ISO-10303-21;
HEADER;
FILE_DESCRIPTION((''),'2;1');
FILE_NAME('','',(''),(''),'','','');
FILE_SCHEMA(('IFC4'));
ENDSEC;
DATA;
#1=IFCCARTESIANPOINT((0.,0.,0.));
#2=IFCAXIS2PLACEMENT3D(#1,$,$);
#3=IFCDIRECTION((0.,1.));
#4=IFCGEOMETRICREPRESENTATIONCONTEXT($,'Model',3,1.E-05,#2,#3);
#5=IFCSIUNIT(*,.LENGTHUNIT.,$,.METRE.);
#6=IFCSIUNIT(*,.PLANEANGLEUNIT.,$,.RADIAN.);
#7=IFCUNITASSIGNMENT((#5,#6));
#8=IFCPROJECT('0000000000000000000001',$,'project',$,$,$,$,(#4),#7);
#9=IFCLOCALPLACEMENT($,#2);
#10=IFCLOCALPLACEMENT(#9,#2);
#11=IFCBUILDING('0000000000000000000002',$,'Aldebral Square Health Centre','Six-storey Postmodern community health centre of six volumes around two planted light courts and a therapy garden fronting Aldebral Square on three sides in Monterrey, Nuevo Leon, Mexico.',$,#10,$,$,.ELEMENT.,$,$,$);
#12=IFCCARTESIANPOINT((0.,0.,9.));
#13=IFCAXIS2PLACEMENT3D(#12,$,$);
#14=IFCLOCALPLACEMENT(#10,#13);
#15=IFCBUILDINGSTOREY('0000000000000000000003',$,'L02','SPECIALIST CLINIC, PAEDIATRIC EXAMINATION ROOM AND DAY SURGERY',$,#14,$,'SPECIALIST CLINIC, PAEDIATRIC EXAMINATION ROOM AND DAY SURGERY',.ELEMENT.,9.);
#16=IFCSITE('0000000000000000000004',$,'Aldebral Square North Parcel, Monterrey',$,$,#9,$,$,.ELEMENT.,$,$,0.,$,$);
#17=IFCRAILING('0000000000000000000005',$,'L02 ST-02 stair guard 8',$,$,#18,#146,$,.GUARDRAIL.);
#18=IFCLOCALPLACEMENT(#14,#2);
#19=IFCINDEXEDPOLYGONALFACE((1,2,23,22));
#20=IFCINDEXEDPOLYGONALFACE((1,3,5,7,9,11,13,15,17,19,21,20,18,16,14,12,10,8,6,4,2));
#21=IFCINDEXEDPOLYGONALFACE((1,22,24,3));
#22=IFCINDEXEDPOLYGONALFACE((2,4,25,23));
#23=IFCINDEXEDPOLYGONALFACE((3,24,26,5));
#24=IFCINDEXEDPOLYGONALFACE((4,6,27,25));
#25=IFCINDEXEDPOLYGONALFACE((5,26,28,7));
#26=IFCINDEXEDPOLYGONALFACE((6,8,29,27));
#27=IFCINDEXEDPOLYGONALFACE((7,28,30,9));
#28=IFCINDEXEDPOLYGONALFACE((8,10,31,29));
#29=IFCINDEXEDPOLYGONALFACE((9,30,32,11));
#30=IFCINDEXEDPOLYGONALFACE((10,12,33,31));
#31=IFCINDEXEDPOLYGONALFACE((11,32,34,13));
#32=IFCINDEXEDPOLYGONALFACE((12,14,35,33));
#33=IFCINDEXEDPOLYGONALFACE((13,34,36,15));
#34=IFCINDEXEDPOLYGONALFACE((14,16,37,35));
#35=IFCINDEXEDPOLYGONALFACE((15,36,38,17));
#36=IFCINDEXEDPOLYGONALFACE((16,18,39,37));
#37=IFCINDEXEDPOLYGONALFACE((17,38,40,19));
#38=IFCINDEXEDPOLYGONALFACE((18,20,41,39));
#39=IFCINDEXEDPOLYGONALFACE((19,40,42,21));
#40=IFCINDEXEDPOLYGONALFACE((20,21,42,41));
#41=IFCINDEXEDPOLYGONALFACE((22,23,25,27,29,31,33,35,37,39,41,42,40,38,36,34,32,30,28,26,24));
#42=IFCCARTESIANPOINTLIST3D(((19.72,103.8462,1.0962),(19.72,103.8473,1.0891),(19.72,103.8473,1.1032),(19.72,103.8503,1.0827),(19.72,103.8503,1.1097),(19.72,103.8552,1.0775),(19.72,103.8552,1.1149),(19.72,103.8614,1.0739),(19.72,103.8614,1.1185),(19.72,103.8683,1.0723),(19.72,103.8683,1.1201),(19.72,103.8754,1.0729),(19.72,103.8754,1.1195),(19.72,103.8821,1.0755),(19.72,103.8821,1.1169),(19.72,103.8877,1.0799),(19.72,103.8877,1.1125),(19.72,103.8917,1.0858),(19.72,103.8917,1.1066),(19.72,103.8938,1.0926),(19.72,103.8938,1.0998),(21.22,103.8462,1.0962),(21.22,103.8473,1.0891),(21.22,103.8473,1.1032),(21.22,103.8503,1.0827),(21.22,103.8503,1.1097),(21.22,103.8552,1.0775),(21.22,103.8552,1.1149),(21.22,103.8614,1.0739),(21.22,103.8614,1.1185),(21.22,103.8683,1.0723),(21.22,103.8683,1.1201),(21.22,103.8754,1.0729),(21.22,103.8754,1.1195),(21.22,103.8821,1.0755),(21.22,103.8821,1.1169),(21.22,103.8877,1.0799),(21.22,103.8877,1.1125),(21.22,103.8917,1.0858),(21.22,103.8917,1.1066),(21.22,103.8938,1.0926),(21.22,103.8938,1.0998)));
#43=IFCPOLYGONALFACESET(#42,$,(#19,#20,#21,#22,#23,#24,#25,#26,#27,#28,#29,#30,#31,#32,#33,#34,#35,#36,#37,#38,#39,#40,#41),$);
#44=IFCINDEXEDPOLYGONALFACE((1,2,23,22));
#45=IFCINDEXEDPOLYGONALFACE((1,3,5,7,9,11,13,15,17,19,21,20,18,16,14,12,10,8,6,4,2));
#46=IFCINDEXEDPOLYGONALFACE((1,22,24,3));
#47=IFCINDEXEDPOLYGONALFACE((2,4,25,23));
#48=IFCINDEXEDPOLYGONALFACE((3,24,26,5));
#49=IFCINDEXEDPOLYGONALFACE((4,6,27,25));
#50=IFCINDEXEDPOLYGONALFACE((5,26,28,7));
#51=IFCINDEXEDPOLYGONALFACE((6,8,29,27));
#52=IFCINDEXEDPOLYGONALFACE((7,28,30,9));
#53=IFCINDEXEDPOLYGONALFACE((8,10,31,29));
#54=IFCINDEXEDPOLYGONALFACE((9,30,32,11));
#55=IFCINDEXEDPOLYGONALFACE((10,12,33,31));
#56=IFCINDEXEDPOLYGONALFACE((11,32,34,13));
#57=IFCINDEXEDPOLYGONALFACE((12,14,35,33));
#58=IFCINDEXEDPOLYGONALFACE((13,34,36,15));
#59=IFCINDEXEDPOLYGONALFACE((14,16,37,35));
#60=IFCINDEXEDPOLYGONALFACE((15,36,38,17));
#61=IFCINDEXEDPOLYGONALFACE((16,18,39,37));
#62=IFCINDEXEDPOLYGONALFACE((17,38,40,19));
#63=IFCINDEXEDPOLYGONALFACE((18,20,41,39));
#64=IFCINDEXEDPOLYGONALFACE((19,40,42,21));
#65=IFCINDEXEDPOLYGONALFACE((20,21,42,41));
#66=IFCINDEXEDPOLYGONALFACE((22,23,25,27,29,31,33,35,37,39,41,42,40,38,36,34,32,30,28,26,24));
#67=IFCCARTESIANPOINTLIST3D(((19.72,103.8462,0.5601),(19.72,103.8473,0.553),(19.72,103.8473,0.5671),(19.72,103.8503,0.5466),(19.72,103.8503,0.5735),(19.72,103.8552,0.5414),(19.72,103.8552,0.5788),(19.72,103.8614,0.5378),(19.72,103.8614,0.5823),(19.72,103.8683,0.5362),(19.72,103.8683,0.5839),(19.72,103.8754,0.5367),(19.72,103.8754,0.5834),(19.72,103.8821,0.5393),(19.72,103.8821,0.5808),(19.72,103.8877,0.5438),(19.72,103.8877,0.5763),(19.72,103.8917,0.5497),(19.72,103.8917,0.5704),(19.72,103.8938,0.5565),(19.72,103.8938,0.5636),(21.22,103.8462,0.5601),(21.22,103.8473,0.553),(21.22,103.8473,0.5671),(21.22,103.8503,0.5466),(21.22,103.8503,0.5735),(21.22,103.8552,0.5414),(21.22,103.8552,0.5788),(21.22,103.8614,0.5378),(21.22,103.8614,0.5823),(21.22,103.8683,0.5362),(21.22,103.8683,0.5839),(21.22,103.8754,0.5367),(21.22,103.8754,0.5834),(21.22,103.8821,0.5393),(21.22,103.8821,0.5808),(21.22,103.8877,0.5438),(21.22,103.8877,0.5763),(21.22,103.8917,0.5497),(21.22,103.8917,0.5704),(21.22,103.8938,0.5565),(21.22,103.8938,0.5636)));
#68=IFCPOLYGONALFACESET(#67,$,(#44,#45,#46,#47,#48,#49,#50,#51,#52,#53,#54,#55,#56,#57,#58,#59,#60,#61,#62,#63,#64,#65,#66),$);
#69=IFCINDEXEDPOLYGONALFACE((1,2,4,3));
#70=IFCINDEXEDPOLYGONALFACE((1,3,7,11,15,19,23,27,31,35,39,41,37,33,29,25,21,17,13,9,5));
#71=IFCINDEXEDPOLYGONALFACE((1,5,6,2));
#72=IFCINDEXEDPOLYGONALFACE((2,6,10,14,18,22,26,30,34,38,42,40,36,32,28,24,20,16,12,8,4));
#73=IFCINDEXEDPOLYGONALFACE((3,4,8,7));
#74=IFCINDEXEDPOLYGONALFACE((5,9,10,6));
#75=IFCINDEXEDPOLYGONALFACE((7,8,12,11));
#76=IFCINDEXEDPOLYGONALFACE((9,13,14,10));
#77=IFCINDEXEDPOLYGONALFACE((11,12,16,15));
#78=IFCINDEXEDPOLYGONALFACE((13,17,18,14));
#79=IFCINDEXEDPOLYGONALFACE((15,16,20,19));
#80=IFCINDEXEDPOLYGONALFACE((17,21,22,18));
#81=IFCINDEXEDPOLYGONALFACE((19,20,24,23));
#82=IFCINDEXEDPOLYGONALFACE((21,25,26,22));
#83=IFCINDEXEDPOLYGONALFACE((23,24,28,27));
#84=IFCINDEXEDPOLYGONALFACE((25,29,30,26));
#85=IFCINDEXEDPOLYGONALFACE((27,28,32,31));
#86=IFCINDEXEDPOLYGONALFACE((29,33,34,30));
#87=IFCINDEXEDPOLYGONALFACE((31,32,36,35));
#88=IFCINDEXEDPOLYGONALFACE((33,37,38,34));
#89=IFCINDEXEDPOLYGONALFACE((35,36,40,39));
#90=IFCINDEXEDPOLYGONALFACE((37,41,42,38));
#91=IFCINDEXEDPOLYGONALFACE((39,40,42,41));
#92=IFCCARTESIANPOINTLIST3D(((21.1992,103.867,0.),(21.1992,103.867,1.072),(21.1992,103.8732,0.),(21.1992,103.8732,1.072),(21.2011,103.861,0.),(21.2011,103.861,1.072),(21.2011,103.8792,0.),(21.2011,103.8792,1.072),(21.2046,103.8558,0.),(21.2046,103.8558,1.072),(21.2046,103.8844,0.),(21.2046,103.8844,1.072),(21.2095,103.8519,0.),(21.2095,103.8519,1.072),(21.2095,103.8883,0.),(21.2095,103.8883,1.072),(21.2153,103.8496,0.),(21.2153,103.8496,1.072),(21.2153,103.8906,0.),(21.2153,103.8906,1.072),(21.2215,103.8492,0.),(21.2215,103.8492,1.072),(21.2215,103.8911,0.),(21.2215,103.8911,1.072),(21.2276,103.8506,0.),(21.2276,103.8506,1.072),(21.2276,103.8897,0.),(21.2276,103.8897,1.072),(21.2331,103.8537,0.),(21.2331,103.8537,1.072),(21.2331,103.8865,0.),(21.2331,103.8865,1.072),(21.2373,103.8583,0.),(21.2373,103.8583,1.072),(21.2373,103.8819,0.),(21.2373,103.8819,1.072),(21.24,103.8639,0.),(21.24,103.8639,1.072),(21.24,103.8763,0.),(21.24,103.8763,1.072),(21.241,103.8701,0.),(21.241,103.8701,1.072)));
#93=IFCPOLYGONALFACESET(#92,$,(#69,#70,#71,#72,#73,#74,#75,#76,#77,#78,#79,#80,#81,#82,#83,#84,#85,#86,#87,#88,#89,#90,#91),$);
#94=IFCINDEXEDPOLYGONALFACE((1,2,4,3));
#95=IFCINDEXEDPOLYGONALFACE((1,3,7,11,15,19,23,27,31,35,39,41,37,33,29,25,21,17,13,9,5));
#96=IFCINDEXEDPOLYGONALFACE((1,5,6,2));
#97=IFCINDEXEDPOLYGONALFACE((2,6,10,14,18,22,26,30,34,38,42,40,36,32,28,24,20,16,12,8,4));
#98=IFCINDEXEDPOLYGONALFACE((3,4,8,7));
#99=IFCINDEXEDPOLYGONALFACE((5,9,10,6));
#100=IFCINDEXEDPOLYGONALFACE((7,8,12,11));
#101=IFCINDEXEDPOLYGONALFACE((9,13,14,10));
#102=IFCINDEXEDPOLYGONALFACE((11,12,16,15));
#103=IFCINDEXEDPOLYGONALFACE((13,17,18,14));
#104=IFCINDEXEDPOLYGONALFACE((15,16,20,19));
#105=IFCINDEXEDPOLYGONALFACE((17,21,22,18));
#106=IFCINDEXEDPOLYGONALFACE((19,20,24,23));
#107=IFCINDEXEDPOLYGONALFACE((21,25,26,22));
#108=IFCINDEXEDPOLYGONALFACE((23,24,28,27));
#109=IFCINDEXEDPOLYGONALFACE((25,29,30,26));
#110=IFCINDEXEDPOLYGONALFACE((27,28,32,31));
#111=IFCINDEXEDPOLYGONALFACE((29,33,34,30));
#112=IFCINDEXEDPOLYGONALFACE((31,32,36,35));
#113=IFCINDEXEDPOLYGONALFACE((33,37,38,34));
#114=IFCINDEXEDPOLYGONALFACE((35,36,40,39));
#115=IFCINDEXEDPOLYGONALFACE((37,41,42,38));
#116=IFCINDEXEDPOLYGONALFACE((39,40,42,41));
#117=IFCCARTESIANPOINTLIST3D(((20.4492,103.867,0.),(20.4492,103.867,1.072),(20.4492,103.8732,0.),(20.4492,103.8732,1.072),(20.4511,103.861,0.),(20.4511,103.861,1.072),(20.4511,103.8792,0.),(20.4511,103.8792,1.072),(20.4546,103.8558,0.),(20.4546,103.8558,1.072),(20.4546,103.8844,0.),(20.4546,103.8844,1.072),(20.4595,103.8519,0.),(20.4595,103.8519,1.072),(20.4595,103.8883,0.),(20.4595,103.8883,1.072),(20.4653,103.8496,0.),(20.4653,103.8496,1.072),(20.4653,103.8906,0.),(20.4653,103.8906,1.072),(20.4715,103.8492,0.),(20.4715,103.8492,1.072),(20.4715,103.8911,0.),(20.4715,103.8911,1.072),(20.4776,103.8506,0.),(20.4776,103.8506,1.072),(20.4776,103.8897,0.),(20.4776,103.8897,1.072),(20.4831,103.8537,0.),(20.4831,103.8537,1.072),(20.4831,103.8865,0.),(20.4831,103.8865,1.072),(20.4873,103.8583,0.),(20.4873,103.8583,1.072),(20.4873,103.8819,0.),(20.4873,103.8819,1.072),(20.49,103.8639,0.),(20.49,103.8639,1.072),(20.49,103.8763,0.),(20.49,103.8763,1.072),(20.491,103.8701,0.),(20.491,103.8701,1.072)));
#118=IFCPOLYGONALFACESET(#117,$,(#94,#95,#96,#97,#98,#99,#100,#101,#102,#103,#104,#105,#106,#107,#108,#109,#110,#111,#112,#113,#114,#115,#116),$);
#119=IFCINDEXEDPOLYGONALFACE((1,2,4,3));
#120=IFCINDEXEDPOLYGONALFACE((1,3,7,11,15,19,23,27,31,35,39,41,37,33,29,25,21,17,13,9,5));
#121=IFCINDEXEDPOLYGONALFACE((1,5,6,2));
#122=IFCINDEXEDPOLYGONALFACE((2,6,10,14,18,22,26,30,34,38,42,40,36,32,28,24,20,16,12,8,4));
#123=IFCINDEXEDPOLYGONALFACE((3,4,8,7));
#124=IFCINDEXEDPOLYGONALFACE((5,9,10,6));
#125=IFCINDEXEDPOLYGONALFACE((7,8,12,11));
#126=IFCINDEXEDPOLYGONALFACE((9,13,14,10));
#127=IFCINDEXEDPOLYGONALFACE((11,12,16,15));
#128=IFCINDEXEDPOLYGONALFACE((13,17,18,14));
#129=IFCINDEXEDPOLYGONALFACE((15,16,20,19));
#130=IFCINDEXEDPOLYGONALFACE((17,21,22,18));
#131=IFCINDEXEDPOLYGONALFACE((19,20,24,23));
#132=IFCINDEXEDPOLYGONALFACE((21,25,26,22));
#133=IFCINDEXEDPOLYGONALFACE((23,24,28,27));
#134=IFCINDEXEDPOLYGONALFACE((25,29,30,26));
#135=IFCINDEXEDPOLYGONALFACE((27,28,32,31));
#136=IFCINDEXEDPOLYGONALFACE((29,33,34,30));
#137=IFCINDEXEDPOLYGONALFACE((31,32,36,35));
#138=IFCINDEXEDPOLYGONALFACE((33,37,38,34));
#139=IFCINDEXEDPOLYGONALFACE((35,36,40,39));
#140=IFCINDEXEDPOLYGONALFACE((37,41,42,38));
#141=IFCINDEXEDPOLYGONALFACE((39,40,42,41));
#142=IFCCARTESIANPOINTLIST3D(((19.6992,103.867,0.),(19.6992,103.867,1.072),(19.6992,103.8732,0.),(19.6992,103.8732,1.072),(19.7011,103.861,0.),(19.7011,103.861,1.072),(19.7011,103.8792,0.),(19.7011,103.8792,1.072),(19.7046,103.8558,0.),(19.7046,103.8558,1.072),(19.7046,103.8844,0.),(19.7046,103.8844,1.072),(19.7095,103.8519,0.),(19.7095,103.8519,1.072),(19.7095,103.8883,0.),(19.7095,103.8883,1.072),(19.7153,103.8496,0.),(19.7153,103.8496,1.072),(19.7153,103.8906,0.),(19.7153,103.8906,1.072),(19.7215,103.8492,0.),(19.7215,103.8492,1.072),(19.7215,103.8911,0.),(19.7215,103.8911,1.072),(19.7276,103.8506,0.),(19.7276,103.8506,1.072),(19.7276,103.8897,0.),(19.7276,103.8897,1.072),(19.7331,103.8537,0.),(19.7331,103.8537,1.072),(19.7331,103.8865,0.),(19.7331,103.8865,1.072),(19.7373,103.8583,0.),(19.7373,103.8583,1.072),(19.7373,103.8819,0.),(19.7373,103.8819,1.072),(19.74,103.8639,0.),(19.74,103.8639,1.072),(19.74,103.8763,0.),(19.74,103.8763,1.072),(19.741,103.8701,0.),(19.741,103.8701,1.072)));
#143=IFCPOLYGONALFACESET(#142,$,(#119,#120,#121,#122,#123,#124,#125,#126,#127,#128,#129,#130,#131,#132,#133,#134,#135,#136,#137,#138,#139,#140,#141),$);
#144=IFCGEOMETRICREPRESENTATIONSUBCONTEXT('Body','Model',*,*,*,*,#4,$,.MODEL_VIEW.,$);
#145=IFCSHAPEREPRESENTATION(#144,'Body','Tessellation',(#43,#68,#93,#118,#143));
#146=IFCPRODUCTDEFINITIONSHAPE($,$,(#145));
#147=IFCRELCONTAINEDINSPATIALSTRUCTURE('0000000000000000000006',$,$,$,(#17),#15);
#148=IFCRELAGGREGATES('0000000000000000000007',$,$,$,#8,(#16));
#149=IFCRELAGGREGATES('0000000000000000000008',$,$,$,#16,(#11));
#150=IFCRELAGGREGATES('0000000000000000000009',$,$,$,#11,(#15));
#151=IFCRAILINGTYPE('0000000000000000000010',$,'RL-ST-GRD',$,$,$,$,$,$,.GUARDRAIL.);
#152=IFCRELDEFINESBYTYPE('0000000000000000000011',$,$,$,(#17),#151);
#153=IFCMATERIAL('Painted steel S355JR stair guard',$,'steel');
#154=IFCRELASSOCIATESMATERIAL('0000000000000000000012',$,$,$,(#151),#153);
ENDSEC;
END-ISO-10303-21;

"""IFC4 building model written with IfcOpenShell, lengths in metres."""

from ifc_helpers import new_model, si_unit, direction, frame, origin, origin_2d, place, context, subcontext, project, spatial, circle, extrude, material, type_object, element, save


model = new_model("IFC4")

# Units and contexts
model_context = context("Model", 3, precision=1e-05, world=origin(), true_north=direction((0.0, 1.0)))
body_context = subcontext(model_context, "Body", "Model", "MODEL_VIEW")
ifc_project = project(units=[si_unit("LENGTHUNIT", "METRE"), si_unit("PLANEANGLEUNIT", "RADIAN")], contexts=[model_context])

# Site, building, storey
site_placement = place(None, origin())
site = spatial("IfcSite", under=ifc_project, at=site_placement, Name="Aldebral Square North Parcel, Monterrey", CompositionType="ELEMENT", RefElevation=0.0)
building_placement = place(site_placement, origin())
building = spatial("IfcBuilding", under=site, at=building_placement, Name="Aldebral Square Health Centre", Description="Six-storey Postmodern community health centre of six volumes around two planted light courts and a therapy garden fronting Aldebral Square on three sides in Monterrey, Nuevo Leon, Mexico.", CompositionType="ELEMENT")
storey_placement = place(building_placement, frame((0.0, 0.0, 9.0)))
storey = spatial("IfcBuildingStorey", under=building, at=storey_placement, Name="L02", Description="SPECIALIST CLINIC, PAEDIATRIC EXAMINATION ROOM AND DAY SURGERY", LongName="SPECIALIST CLINIC, PAEDIATRIC EXAMINATION ROOM AND DAY SURGERY", CompositionType="ELEMENT", Elevation=9.0)

# Railing
ifc_material_1 = material(Name="Painted steel S355JR stair guard", Category="steel")
railing_type_1 = type_object("IfcRailingType", Name="RL-ST-GRD", PredefinedType="GUARDRAIL", material=ifc_material_1)
railing_1_placement = place(storey_placement, frame((21.22, 103.8701, 0.0)))
element("IfcRailing", 1, at=railing_1_placement, inside=storey, type_object=railing_type_1, Name="L02 ST-02 stair guard 8", PredefinedType="GUARDRAIL", context=body_context, shape_type="SweptSolid", body=[
    extrude(circle(Radius=0.0239, at=origin_2d()), frame((0.0, 0.0, 1.0962), z_axis=(-1.0, 0.0, 0.0), x_axis=(0.0, -1.0, 0.0)), (0.0, 0.0, 1.0), 1.5),
    extrude(circle(Radius=0.0239, at=origin_2d()), frame((0.0, 0.0, 0.5601), z_axis=(-1.0, 0.0, 0.0), x_axis=(0.0, -1.0, 0.0)), (0.0, 0.0, 1.0), 1.5),
    extrude(circle(Radius=0.021, at=origin_2d()), origin(), (0.0, 0.0, 1.0), 1.072),
    extrude(circle(Radius=0.021, at=origin_2d()), frame((-0.75, 0.0, 0.0)), (0.0, 0.0, 1.0), 1.072),
    extrude(circle(Radius=0.021, at=origin_2d()), frame((-1.5, 0.0, 0.0)), (0.0, 0.0, 1.0), 1.072),
])

save(model, "model.ifc")
